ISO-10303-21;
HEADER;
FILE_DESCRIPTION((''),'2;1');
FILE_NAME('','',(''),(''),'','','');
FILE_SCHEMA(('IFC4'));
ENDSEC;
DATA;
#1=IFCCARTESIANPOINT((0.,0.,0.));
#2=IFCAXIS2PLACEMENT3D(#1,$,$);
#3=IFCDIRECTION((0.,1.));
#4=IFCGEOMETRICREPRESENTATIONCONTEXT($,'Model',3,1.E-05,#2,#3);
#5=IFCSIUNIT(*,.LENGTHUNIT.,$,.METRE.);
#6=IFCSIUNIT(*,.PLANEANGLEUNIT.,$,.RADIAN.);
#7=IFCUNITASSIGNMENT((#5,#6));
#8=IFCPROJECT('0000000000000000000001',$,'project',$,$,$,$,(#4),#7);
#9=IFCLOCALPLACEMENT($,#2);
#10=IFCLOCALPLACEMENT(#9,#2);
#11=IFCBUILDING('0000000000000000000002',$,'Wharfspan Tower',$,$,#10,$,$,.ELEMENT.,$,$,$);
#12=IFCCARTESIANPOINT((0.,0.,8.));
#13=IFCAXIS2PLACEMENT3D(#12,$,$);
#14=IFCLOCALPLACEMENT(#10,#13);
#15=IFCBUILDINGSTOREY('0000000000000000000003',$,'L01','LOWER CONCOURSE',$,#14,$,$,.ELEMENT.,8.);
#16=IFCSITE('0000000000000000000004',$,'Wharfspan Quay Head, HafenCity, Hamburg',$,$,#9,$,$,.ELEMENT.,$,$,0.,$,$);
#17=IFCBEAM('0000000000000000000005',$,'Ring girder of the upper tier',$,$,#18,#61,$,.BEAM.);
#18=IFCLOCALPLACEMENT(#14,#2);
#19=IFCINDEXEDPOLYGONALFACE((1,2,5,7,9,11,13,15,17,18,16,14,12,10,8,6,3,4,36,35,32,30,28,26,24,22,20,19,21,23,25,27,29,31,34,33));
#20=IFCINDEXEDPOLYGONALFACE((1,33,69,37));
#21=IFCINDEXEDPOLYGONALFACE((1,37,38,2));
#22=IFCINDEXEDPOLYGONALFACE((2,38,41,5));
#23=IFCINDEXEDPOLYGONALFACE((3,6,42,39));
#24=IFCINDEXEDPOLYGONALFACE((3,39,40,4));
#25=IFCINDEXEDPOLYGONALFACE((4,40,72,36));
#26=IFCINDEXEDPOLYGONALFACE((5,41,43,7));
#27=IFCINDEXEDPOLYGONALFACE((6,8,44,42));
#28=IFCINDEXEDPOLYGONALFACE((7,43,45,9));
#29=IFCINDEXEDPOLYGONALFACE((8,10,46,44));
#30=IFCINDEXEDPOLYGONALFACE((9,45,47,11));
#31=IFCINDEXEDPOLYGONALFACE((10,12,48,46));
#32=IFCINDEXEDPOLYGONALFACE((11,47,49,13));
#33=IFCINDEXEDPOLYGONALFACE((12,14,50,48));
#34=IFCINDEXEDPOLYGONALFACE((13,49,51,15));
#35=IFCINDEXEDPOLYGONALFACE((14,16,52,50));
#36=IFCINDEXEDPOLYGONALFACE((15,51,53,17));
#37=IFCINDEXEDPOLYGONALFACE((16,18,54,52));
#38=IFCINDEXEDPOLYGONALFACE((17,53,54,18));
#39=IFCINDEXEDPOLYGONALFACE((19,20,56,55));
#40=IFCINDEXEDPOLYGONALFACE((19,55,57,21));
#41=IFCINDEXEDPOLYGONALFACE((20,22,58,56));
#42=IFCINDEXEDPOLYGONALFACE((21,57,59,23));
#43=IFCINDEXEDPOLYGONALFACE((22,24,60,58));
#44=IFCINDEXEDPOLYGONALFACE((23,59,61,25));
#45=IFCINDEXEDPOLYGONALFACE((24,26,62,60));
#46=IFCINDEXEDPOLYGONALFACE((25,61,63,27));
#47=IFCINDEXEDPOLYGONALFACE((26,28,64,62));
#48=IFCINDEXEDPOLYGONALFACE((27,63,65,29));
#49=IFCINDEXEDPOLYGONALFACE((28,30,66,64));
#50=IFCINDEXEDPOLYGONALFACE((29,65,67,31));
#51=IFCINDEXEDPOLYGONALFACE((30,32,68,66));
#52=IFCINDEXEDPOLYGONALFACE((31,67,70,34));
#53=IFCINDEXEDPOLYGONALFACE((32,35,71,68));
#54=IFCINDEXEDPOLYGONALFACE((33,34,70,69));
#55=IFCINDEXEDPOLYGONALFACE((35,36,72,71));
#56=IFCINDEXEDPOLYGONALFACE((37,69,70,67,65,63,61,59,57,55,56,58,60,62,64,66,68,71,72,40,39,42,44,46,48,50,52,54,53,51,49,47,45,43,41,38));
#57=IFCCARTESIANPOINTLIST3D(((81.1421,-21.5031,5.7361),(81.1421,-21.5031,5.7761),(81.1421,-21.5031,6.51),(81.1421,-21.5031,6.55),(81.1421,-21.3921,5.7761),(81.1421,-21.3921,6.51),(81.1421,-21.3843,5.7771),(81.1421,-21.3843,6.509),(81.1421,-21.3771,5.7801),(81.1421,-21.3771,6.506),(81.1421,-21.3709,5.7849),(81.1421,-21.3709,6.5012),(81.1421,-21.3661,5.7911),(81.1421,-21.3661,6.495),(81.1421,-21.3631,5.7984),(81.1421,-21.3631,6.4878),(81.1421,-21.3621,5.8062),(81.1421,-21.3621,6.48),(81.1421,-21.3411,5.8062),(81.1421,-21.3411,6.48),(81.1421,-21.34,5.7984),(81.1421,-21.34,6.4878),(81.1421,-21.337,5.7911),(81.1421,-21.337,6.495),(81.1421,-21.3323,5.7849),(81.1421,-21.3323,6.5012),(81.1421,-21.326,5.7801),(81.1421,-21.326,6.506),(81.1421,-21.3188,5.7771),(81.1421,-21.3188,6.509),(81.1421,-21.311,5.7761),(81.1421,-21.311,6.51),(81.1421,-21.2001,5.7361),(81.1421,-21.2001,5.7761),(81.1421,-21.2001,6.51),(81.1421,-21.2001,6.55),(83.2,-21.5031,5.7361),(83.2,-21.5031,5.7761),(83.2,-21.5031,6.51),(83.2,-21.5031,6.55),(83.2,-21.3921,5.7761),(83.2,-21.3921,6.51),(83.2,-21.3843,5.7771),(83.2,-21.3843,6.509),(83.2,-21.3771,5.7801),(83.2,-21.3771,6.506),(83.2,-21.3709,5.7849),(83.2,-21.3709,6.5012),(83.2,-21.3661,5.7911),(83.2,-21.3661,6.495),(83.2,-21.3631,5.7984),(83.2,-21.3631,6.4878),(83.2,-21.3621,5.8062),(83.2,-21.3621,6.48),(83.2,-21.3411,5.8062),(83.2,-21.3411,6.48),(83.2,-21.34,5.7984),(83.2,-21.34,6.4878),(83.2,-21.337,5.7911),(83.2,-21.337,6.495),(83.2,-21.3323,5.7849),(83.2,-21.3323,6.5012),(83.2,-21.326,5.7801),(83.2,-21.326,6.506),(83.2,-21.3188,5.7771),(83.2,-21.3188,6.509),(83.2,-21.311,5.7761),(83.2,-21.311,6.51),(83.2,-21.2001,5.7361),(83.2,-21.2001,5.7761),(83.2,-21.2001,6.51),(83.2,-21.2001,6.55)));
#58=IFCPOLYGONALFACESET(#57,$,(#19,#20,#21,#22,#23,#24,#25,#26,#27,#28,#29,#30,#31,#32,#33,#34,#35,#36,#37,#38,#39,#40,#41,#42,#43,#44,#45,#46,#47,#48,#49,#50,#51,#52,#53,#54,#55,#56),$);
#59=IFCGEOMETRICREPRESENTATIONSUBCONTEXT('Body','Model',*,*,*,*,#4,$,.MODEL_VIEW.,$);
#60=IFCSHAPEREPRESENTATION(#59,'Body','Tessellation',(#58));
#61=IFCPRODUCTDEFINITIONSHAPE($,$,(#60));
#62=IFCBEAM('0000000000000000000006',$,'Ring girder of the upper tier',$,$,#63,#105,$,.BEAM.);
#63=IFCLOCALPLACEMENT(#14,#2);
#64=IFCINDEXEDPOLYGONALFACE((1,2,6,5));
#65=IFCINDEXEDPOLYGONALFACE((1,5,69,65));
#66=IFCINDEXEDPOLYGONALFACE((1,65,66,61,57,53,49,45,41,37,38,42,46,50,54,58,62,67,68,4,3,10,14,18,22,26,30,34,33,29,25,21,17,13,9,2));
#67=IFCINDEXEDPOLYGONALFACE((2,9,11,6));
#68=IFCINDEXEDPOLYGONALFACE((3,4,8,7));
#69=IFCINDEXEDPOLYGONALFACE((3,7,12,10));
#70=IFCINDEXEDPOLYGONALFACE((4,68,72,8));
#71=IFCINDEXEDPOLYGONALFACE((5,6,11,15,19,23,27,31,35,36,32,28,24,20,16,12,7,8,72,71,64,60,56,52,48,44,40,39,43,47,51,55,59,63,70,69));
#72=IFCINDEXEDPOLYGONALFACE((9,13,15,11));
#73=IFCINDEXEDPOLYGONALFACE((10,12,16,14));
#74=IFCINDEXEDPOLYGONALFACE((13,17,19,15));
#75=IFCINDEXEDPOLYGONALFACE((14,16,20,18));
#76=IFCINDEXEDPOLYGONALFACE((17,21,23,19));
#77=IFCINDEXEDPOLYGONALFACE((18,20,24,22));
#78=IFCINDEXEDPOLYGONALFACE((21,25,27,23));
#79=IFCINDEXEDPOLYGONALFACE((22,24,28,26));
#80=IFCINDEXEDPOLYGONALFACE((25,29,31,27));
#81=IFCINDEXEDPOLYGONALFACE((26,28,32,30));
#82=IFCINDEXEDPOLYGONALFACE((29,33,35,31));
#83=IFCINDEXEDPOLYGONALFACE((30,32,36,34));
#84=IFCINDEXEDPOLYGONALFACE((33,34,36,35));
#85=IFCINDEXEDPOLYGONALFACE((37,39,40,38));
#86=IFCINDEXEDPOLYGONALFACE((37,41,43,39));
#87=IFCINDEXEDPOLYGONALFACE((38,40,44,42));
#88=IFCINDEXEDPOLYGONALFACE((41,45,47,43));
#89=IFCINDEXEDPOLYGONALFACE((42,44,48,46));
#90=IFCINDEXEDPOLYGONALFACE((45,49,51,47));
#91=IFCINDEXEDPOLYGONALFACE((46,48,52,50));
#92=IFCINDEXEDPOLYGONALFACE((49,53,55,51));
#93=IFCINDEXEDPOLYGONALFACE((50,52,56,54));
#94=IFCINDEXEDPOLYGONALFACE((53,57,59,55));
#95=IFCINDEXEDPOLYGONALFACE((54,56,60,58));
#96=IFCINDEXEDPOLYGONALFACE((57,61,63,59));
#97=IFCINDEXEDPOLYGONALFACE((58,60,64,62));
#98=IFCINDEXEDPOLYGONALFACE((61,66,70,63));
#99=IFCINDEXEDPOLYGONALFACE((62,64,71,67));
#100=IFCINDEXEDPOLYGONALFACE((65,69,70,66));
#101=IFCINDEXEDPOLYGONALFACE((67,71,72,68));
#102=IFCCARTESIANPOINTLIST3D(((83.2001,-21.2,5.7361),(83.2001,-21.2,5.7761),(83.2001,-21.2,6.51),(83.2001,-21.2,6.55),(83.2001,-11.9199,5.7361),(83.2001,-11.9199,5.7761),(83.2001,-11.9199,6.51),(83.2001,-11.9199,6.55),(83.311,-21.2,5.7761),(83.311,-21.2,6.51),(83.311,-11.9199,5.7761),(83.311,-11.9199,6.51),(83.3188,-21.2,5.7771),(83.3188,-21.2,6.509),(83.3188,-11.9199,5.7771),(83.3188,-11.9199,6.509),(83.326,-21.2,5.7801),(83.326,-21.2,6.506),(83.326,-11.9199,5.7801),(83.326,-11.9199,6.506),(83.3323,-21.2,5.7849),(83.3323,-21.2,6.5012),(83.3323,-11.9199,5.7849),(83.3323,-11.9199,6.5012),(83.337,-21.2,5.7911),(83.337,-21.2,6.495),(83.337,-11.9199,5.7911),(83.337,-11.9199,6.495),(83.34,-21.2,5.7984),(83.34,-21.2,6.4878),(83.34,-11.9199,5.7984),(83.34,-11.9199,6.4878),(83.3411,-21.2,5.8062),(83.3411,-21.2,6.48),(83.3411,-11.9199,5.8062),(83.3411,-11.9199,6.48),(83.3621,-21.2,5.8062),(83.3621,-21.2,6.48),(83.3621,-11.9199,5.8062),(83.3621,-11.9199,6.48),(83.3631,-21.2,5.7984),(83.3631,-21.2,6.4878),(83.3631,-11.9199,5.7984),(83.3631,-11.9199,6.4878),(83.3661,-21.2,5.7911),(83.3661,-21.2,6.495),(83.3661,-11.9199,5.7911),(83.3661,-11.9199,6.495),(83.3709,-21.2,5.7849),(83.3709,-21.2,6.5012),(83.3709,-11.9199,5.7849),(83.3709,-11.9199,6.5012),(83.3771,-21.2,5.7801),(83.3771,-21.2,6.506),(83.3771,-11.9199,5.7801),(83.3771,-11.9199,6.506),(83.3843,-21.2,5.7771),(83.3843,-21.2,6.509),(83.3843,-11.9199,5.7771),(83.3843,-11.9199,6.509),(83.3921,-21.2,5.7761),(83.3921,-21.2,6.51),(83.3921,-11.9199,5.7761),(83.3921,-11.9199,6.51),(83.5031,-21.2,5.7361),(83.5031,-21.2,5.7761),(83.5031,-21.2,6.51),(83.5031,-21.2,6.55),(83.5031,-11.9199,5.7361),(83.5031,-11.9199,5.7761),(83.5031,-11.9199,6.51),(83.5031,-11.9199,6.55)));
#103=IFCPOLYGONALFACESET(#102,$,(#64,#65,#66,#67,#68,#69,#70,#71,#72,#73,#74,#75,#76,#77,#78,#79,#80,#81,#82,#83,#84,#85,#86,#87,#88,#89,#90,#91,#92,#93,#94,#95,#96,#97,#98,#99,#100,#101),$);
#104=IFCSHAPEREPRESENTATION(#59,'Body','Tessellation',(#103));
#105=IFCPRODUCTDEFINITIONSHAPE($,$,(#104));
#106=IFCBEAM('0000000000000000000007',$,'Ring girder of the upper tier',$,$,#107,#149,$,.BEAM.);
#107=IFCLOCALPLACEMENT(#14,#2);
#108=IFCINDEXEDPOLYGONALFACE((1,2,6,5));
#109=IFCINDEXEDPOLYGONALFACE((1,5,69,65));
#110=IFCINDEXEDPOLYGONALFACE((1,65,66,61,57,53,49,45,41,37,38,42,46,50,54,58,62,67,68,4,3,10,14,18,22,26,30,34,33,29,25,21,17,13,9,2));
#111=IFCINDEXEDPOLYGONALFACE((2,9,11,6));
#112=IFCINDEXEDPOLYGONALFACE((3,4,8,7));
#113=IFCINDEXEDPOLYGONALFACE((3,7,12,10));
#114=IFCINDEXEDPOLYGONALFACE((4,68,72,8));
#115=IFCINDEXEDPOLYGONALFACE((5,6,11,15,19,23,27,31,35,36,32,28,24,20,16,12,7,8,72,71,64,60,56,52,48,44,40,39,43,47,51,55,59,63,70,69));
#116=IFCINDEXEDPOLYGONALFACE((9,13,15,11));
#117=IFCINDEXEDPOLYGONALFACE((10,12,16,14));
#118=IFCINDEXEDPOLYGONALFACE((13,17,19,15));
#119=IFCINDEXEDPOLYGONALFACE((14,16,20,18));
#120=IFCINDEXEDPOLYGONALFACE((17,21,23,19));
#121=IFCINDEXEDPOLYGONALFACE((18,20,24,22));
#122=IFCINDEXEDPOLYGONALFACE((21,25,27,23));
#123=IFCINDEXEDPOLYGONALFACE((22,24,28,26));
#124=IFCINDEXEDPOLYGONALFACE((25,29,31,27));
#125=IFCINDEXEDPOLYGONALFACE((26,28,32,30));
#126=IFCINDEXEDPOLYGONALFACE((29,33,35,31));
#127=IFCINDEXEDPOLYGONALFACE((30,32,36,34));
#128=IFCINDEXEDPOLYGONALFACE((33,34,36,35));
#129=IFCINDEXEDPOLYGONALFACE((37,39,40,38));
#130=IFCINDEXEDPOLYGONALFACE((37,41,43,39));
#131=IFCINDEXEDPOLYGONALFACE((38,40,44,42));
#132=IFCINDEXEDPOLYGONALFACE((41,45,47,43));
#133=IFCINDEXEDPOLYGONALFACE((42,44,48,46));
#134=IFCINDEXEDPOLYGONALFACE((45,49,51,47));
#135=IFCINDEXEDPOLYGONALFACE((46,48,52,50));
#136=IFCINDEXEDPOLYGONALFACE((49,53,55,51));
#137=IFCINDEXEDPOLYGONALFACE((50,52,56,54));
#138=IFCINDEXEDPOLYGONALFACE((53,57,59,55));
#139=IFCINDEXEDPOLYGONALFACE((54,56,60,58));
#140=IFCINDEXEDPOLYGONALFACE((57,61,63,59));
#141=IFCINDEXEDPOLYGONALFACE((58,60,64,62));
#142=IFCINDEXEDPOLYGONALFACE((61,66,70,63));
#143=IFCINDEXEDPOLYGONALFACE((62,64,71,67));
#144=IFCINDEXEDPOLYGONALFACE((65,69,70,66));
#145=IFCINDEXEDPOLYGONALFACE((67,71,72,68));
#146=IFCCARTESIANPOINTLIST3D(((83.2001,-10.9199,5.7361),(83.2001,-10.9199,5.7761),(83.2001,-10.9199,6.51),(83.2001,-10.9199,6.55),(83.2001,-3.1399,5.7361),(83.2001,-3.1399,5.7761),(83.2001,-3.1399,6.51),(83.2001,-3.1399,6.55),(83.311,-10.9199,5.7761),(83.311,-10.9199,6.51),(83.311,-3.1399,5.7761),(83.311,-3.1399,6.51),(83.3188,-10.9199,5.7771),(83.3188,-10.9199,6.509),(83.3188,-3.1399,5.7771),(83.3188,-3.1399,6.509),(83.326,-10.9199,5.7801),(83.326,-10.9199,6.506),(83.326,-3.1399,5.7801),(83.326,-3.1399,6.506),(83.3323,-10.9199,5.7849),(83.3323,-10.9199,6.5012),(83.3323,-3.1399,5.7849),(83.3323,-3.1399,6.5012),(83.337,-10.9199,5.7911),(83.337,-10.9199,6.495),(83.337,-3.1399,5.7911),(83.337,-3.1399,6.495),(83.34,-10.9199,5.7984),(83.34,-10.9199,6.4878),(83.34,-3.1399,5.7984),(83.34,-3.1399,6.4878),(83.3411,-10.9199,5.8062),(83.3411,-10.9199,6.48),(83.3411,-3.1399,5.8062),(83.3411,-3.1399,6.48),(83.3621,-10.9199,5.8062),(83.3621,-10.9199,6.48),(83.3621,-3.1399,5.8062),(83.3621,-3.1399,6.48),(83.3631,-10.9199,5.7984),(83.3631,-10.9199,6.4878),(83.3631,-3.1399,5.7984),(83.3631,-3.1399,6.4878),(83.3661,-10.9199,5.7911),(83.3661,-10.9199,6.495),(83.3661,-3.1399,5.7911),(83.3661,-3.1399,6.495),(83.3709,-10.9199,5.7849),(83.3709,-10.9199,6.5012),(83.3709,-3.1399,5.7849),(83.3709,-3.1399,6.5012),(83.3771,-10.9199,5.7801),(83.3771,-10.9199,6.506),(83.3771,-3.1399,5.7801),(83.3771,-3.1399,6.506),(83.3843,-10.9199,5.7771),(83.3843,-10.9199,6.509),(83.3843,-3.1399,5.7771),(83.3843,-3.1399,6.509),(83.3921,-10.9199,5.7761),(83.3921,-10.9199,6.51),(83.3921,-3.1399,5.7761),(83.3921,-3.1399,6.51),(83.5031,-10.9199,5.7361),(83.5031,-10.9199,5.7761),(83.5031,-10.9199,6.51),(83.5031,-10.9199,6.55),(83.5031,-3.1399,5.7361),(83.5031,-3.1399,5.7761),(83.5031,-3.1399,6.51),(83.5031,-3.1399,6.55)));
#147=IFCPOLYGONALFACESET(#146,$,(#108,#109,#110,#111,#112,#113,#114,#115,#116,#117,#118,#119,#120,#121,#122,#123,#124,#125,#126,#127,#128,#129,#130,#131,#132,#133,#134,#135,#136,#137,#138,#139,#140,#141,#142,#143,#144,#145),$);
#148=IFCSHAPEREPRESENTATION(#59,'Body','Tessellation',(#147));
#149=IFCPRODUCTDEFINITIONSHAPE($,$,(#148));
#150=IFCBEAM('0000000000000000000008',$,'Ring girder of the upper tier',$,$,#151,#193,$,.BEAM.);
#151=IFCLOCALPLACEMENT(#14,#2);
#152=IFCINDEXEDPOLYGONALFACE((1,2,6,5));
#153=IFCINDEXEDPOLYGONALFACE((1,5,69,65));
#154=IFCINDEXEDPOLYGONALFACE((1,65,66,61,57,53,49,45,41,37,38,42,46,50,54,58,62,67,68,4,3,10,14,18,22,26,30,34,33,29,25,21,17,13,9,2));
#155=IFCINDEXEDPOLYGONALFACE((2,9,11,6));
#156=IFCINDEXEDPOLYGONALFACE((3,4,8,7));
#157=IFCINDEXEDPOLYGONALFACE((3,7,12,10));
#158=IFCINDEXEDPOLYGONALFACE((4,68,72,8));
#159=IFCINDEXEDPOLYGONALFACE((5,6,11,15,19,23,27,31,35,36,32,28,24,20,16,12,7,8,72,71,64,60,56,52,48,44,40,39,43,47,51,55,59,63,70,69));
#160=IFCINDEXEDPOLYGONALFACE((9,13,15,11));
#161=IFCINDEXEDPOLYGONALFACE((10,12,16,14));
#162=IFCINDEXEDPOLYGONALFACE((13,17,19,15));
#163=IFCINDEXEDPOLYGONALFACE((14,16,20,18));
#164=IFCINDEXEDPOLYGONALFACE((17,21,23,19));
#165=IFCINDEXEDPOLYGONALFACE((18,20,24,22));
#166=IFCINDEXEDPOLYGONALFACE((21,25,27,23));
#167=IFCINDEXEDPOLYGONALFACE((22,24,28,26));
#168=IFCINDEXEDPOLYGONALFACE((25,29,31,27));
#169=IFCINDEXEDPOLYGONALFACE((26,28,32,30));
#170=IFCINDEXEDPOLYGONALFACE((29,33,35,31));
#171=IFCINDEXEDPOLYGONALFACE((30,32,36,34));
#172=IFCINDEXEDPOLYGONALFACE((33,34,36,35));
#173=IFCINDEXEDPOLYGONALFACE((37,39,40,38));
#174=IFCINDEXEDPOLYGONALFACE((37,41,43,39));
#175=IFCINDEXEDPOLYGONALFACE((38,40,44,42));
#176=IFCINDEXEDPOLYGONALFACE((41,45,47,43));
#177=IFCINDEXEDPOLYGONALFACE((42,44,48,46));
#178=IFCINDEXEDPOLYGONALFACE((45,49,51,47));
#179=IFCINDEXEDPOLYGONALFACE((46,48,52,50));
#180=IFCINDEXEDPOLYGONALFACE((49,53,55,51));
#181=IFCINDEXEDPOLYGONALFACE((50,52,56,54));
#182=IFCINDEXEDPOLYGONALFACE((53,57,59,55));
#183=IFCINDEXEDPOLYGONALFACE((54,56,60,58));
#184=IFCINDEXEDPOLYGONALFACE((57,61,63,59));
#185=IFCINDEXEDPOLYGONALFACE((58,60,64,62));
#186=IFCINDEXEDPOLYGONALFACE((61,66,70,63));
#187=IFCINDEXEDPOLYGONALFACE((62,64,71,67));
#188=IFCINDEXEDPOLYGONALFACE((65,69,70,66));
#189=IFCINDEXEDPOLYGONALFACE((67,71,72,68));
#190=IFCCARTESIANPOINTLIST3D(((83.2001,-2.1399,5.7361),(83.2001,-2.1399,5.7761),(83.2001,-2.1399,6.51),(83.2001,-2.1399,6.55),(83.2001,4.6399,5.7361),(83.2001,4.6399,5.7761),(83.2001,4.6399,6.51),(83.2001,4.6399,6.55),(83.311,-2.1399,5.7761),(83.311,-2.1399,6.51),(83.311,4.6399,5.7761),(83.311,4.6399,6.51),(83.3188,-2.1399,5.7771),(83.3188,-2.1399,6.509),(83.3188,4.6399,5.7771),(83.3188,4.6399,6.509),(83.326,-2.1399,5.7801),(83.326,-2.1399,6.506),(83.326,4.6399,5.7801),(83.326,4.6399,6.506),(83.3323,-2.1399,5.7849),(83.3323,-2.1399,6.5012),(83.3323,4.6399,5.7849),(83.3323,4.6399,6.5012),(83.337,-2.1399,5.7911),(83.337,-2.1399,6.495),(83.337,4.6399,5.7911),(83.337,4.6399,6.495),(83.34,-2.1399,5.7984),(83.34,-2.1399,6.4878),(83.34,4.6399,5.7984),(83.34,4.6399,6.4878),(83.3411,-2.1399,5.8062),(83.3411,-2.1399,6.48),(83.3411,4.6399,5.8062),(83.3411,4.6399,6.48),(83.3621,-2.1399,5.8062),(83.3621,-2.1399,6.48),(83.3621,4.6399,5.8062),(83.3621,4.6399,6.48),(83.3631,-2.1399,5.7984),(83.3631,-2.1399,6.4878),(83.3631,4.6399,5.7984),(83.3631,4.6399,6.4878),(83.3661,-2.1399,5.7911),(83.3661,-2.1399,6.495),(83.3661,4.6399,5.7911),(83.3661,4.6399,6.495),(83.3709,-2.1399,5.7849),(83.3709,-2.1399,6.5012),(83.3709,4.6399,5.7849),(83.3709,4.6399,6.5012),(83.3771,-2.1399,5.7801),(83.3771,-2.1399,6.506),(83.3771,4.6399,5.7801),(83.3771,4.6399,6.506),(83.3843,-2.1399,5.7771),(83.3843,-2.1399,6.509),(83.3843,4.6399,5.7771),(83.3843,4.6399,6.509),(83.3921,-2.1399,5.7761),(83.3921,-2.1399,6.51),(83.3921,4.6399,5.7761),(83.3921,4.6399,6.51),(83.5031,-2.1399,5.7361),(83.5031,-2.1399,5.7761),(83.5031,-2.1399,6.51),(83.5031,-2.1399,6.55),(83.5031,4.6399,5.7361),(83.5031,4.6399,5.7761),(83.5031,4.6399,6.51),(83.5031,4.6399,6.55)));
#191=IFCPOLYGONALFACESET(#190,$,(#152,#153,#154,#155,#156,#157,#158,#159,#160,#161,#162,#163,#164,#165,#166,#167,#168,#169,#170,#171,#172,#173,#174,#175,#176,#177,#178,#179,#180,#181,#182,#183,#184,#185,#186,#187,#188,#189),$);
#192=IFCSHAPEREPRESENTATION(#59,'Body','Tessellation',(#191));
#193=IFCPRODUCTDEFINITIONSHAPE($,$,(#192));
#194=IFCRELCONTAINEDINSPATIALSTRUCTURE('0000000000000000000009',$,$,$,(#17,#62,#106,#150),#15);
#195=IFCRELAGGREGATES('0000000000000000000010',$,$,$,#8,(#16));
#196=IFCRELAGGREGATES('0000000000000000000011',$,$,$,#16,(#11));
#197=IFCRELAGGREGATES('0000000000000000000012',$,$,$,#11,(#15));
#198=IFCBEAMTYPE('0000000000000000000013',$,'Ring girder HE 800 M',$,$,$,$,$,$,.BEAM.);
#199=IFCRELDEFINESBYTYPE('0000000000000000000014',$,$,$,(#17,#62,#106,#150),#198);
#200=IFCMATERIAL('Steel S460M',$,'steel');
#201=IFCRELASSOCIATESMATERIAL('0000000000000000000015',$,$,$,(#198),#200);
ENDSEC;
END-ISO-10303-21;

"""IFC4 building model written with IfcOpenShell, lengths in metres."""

from ifc_helpers import new_model, si_unit, direction, frame, origin, origin_2d, place, context, subcontext, project, spatial, i_section, extrude, material, material_profile, profile_set, type_object, element, save


model = new_model("IFC4")

# Units and contexts
model_context = context("Model", 3, precision=1e-05, world=origin(), true_north=direction((0.0, 1.0)))
body_context = subcontext(model_context, "Body", "Model", "MODEL_VIEW")
ifc_project = project(units=[si_unit("LENGTHUNIT", "METRE"), si_unit("PLANEANGLEUNIT", "RADIAN")], contexts=[model_context])

# Site, building, storey
site_placement = place(None, origin())
site = spatial("IfcSite", under=ifc_project, at=site_placement, Name="Wharfspan Quay Head, HafenCity, Hamburg", CompositionType="ELEMENT", RefElevation=0.0)
building_placement = place(site_placement, origin())
building = spatial("IfcBuilding", under=site, at=building_placement, Name="Wharfspan Tower", CompositionType="ELEMENT")
storey_placement = place(building_placement, frame((0.0, 0.0, 8.0)))
storey = spatial("IfcBuildingStorey", under=building, at=storey_placement, Name="L01", Description="LOWER CONCOURSE", CompositionType="ELEMENT", Elevation=8.0)

# Beams
ifc_material_1 = material(Name="Steel S460M", Category="steel")
ifc_material_profile_1 = material_profile(ifc_material_1, i_section(OverallWidth=0.303, OverallDepth=0.814, WebThickness=0.021, FlangeThickness=0.04, FilletRadius=0.03, at=origin_2d()))
ifc_profile_set_1 = profile_set([ifc_material_profile_1], Name="Steel S460M")
beam_type_1 = type_object("IfcBeamType", Name="Ring girder HE 800 M", PredefinedType="BEAM", material=ifc_profile_set_1)
beam_1_placement = place(storey_placement, frame((81.1421, -21.3516, 6.1431), z_axis=(1.0, 0.0, 0.0), x_axis=(0.0, 1.0, 0.0)))
element("IfcBeam", 1, at=beam_1_placement, inside=storey, type_object=beam_type_1, Name="Ring girder of the upper tier", PredefinedType="BEAM", context=body_context, shape_type="SweptSolid", body=[
    extrude(i_section(OverallWidth=0.303, OverallDepth=0.814, WebThickness=0.021, FlangeThickness=0.04, FilletRadius=0.03, at=origin_2d()), origin(), (0.0, 0.0, 1.0), 2.0579),
])
beam_2_placement = place(storey_placement, frame((83.3516, -21.2, 6.1431), z_axis=(0.0, 1.0, 0.0), x_axis=(-1.0, 0.0, 0.0)))
element("IfcBeam", 2, at=beam_2_placement, inside=storey, type_object=beam_type_1, Name="Ring girder of the upper tier", PredefinedType="BEAM", context=body_context, shape_type="SweptSolid", body=[
    extrude(i_section(OverallWidth=0.303, OverallDepth=0.814, WebThickness=0.021, FlangeThickness=0.04, FilletRadius=0.03, at=origin_2d()), origin(), (0.0, 0.0, 1.0), 9.28),
])
beam_3_placement = place(storey_placement, frame((83.3516, -10.9199, 6.1431), z_axis=(0.0, 1.0, 0.0), x_axis=(-1.0, 0.0, 0.0)))
element("IfcBeam", 3, at=beam_3_placement, inside=storey, type_object=beam_type_1, Name="Ring girder of the upper tier", PredefinedType="BEAM", context=body_context, shape_type="SweptSolid", body=[
    extrude(i_section(OverallWidth=0.303, OverallDepth=0.814, WebThickness=0.021, FlangeThickness=0.04, FilletRadius=0.03, at=origin_2d()), origin(), (0.0, 0.0, 1.0), 7.78),
])
beam_4_placement = place(storey_placement, frame((83.3516, -2.1399, 6.1431), z_axis=(0.0, 1.0, 0.0), x_axis=(-1.0, 0.0, 0.0)))
element("IfcBeam", 4, at=beam_4_placement, inside=storey, type_object=beam_type_1, Name="Ring girder of the upper tier", PredefinedType="BEAM", context=body_context, shape_type="SweptSolid", body=[
    extrude(i_section(OverallWidth=0.303, OverallDepth=0.814, WebThickness=0.021, FlangeThickness=0.04, FilletRadius=0.03, at=origin_2d()), origin(), (0.0, 0.0, 1.0), 6.7798),
])

save(model, "model.ifc")
